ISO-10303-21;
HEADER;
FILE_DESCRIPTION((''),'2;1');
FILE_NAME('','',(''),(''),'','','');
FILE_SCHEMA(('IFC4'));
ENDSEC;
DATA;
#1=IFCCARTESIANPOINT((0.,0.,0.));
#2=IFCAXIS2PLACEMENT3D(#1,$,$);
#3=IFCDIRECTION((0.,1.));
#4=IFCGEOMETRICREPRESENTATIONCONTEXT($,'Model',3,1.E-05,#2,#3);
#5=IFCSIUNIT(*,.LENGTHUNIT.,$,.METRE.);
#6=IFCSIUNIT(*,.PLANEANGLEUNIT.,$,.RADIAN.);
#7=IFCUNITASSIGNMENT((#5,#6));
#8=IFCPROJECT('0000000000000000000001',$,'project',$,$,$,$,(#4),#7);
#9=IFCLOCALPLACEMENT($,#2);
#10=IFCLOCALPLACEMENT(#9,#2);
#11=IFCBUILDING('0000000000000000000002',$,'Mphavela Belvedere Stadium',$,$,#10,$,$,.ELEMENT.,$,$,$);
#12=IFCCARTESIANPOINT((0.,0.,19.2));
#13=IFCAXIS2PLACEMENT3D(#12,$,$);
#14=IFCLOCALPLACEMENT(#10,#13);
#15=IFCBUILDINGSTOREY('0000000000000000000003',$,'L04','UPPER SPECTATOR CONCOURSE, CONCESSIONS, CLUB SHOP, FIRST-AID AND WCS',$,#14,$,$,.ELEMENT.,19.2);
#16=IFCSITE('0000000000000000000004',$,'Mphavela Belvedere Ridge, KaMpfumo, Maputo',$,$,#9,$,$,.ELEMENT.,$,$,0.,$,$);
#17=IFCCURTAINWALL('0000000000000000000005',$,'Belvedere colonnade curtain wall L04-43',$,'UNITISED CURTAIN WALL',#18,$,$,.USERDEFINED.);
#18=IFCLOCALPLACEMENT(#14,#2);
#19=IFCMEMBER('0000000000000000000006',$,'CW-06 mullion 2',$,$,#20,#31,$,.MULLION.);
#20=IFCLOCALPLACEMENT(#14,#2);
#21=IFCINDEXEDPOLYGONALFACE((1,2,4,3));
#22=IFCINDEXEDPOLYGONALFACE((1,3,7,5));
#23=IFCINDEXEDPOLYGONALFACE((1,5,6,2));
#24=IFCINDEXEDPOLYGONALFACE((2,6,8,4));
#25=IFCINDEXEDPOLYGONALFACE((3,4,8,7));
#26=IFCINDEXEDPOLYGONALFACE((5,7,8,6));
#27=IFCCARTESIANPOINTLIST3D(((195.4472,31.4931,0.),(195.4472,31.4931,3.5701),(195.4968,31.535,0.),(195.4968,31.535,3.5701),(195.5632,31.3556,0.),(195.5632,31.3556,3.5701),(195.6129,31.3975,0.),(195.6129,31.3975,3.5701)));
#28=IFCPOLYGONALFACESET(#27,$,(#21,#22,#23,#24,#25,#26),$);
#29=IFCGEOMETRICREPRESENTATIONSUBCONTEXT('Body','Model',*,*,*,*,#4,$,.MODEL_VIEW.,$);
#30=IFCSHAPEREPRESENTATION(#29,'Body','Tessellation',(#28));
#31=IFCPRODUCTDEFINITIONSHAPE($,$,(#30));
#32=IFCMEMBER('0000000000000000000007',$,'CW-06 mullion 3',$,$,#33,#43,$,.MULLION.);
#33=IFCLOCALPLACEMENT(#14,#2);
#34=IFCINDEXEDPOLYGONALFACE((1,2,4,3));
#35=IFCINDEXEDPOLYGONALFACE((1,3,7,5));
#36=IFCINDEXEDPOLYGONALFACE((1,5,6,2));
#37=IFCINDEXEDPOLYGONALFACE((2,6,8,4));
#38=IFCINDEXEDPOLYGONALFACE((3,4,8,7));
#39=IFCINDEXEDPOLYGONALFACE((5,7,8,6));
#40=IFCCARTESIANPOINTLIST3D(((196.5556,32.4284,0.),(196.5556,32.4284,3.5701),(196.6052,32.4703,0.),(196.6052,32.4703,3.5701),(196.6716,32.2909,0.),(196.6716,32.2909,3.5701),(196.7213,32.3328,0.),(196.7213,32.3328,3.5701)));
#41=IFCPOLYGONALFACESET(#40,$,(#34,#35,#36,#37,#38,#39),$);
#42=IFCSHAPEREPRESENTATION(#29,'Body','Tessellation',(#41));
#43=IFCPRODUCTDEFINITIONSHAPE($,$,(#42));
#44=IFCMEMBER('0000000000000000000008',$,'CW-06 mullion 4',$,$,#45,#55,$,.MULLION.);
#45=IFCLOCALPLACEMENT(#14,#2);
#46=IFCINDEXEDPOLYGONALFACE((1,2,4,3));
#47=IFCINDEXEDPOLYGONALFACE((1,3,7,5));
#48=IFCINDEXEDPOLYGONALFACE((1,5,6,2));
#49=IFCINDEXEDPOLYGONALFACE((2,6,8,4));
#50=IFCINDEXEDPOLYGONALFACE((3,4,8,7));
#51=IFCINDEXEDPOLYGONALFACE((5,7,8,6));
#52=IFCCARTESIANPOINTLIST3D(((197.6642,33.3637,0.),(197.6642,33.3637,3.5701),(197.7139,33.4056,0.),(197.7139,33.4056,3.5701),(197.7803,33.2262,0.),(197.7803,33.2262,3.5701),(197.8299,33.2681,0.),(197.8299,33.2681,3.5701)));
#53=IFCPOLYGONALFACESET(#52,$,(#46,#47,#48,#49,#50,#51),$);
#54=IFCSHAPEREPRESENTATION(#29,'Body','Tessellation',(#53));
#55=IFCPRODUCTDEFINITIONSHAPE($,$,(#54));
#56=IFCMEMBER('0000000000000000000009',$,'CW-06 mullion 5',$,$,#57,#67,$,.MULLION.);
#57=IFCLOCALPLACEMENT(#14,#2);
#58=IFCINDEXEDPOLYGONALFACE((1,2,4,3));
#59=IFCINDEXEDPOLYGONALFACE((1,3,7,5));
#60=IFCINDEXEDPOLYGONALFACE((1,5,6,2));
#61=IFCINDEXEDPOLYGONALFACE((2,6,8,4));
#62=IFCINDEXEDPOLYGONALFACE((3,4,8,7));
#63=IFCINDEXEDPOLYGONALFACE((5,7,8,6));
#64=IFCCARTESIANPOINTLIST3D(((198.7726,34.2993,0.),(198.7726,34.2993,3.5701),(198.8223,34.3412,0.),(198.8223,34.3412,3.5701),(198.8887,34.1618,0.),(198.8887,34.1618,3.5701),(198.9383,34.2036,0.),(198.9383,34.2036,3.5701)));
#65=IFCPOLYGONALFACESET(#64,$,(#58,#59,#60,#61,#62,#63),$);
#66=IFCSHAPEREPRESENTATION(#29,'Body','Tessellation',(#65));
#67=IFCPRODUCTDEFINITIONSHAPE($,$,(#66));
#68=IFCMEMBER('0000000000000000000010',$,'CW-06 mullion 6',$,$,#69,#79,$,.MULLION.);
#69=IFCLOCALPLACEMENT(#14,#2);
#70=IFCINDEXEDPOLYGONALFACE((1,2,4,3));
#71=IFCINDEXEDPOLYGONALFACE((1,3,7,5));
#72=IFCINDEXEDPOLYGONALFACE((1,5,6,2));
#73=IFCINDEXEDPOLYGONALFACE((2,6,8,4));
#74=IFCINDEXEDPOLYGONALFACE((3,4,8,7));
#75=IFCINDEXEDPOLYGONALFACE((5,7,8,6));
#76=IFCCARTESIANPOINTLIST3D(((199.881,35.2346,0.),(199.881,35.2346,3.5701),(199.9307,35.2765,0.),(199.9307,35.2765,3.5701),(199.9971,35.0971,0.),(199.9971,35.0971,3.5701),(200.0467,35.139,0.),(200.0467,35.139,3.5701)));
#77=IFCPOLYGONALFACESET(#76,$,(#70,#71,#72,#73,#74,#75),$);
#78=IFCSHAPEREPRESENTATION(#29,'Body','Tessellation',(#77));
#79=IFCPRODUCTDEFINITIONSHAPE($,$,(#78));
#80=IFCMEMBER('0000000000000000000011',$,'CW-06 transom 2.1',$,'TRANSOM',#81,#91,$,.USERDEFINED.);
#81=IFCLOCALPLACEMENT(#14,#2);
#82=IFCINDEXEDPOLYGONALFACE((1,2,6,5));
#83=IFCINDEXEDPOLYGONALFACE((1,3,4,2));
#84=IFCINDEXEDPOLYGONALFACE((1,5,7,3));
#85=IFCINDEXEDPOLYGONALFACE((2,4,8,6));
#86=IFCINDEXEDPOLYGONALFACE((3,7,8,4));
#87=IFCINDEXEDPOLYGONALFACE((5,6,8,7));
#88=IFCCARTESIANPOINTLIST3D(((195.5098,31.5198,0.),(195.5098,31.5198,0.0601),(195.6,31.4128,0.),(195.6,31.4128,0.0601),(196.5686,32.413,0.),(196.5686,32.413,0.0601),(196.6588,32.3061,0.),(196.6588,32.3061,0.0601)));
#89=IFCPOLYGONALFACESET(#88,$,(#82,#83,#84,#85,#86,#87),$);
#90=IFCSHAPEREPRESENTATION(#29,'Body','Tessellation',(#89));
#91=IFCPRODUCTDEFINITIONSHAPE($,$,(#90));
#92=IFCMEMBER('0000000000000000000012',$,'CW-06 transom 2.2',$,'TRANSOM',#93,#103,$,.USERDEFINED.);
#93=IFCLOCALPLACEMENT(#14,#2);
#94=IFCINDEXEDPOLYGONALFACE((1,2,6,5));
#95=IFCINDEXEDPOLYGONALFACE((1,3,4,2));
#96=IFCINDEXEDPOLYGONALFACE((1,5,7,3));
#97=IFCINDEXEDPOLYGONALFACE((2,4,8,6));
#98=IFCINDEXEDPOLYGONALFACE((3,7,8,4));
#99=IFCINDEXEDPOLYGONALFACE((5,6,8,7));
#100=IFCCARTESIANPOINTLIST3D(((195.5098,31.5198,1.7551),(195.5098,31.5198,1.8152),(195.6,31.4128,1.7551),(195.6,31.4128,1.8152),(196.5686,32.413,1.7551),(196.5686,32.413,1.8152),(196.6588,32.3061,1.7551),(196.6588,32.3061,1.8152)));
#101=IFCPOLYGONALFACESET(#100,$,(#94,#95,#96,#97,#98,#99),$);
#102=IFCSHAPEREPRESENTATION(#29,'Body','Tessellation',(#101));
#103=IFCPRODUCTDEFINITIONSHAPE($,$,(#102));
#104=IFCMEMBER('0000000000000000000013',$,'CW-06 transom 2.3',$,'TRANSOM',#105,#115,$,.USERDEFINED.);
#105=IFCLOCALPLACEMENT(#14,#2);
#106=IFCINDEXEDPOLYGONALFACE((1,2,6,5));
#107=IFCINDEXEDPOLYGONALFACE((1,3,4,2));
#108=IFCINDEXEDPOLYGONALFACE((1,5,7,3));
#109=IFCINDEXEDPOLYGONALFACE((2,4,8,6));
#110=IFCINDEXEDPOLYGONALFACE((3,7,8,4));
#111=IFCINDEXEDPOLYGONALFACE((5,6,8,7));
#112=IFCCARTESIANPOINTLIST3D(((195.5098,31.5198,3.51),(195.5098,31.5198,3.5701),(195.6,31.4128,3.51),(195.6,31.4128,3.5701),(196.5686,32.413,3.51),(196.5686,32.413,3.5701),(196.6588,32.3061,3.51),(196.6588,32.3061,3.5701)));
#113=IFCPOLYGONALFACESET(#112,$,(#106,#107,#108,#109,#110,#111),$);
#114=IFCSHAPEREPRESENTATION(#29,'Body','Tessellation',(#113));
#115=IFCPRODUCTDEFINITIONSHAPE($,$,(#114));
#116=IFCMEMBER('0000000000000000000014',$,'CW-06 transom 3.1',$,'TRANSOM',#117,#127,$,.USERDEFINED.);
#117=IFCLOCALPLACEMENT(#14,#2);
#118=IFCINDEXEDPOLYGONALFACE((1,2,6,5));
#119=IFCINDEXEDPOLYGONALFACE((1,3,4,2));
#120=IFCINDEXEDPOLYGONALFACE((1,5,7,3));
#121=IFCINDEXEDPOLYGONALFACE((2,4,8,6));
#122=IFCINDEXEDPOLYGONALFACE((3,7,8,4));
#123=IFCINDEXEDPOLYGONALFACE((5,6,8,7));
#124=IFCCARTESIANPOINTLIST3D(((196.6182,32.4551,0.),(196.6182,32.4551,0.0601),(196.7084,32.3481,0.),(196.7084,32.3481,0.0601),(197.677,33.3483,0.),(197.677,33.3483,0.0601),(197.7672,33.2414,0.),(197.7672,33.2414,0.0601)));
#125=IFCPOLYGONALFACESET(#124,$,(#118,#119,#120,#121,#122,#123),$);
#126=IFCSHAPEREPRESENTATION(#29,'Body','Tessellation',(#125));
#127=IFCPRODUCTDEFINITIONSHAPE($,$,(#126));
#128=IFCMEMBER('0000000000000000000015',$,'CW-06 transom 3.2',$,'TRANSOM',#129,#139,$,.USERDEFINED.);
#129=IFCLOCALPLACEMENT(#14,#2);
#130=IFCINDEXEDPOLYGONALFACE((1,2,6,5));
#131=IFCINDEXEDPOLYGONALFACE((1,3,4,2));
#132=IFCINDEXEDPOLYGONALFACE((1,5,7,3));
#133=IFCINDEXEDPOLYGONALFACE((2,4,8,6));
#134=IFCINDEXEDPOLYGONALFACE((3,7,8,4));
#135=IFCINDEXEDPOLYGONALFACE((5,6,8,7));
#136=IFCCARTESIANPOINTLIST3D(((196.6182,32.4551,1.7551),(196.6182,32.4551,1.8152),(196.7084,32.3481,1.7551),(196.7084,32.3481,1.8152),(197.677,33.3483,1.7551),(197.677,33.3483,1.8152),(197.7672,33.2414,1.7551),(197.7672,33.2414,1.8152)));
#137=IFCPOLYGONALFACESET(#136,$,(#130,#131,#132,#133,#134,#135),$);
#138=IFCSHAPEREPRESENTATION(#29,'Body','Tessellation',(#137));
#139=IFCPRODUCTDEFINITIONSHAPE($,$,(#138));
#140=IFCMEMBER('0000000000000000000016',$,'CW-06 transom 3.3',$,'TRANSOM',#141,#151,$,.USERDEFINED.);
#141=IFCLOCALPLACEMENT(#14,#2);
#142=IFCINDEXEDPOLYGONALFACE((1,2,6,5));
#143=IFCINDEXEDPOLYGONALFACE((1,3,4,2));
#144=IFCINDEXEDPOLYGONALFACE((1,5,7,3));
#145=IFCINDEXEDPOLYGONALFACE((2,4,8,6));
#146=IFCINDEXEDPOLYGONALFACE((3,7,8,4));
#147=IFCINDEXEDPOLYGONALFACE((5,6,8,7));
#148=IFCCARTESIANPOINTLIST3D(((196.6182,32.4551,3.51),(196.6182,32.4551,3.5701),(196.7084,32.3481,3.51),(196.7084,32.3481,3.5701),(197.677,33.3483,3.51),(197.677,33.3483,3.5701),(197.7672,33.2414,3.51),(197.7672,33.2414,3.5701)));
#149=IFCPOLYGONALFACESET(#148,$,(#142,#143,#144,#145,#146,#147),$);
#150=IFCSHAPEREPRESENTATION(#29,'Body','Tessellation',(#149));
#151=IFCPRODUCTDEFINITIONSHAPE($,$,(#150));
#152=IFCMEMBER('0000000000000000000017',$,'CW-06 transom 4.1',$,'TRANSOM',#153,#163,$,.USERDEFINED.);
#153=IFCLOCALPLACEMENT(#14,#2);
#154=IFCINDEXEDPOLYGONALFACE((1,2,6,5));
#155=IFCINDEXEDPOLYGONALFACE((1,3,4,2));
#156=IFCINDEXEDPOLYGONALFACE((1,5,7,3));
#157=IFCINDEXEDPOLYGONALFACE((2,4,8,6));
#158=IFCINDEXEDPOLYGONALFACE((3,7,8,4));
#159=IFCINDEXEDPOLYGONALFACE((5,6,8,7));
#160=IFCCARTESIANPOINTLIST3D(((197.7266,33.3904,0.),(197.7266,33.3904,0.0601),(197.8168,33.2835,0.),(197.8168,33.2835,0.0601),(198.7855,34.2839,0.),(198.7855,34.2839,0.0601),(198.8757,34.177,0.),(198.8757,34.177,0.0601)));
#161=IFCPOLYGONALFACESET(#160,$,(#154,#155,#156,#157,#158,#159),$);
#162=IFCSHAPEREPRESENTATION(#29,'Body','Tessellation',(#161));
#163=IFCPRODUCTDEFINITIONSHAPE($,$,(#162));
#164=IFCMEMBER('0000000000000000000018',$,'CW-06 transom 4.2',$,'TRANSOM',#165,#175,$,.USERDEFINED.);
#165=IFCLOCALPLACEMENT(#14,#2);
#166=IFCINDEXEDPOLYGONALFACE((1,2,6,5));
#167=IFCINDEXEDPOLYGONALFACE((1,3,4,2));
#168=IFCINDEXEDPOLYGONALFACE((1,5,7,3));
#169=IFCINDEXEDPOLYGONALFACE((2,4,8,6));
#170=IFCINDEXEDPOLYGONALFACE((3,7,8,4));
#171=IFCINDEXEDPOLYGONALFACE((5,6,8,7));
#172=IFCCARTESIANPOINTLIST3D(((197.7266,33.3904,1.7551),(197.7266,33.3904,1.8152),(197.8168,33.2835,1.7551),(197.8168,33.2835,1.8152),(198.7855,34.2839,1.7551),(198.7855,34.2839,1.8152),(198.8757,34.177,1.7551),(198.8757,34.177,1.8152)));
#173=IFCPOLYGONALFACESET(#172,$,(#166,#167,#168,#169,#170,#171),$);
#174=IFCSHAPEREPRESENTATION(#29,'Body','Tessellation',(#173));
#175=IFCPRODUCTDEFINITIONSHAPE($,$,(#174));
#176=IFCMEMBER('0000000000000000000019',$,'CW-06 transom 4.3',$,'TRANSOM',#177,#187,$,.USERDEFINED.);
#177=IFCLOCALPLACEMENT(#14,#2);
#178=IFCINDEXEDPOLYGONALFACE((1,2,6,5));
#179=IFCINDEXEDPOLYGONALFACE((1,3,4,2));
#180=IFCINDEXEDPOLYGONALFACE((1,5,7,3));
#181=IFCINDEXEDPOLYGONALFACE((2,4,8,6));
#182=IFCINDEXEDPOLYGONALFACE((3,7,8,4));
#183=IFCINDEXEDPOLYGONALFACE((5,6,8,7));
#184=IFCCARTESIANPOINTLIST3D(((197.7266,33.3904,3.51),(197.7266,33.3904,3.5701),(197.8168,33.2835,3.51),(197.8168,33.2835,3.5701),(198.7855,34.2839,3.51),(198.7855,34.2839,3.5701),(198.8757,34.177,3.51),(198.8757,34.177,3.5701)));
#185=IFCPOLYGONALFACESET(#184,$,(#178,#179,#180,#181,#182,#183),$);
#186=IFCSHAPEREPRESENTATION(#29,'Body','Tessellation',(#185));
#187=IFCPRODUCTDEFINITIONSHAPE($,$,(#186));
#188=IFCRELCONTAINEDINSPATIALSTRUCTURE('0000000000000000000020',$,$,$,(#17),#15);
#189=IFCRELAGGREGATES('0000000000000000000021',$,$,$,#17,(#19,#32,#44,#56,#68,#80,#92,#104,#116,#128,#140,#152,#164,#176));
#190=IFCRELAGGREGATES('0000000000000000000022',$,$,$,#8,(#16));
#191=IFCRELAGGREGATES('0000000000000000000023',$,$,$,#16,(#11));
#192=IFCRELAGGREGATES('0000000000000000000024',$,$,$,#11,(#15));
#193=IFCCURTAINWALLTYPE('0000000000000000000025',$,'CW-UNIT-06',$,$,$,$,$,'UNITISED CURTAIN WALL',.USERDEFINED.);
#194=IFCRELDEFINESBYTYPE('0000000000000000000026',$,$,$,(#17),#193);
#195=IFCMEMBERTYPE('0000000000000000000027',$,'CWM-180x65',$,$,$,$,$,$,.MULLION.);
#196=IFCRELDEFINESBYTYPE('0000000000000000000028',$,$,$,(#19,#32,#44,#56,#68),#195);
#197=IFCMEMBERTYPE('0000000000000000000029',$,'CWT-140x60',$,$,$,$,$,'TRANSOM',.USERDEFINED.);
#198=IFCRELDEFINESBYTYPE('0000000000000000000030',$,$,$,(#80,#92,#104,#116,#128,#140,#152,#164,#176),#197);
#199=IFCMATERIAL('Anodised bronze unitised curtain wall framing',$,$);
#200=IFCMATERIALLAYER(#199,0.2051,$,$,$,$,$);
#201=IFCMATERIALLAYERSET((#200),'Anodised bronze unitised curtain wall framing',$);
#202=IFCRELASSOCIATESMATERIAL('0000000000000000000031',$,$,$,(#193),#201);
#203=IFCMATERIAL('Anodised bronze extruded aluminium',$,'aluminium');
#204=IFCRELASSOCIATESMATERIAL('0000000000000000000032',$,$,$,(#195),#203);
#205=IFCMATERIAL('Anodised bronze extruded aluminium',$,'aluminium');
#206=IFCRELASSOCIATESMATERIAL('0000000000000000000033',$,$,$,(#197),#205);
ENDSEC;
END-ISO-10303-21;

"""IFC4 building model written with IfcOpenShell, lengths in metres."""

from ifc_helpers import new_model, si_unit, direction, frame, origin, origin_2d, place, context, subcontext, project, spatial, rectangle, extrude, material, layer, layer_set, material_profile, profile_set, type_object, element, aggregate, save


model = new_model("IFC4")

# Units and contexts
model_context = context("Model", 3, precision=1e-05, world=origin(), true_north=direction((0.0, 1.0)))
body_context = subcontext(model_context, "Body", "Model", "MODEL_VIEW")
ifc_project = project(units=[si_unit("LENGTHUNIT", "METRE"), si_unit("PLANEANGLEUNIT", "RADIAN")], contexts=[model_context])

# Site, building, storey
site_placement = place(None, origin())
site = spatial("IfcSite", under=ifc_project, at=site_placement, Name="Mphavela Belvedere Ridge, KaMpfumo, Maputo", CompositionType="ELEMENT", RefElevation=0.0)
building_placement = place(site_placement, origin())
building = spatial("IfcBuilding", under=site, at=building_placement, Name="Mphavela Belvedere Stadium", CompositionType="ELEMENT")
storey_placement = place(building_placement, frame((0.0, 0.0, 19.2)))
storey = spatial("IfcBuildingStorey", under=building, at=storey_placement, Name="L04", Description="UPPER SPECTATOR CONCOURSE, CONCESSIONS, CLUB SHOP, FIRST-AID AND WCS", CompositionType="ELEMENT", Elevation=19.2)

# Curtain wall, members
ifc_material_1 = material(Name="Anodised bronze unitised curtain wall framing")
ifc_layer_1 = layer(ifc_material_1, 0.2051)
ifc_layer_set_1 = layer_set([ifc_layer_1], Name="Anodised bronze unitised curtain wall framing")
curtain_wall_type = type_object("IfcCurtainWallType", Name="CW-UNIT-06", ElementType="UNITISED CURTAIN WALL", PredefinedType="USERDEFINED", material=ifc_layer_set_1)
curtain_wall_placement = place(storey_placement, origin())
curtain_wall = element("IfcCurtainWall", 1, at=curtain_wall_placement, inside=storey, type_object=curtain_wall_type, Name="Belvedere colonnade curtain wall L04-43", ObjectType="UNITISED CURTAIN WALL", PredefinedType="USERDEFINED")
ifc_material_2 = material(Name="Anodised bronze extruded aluminium", Category="aluminium")
ifc_material_profile_1 = material_profile(ifc_material_2, rectangle(XDim=0.1799, YDim=0.0649, at=origin_2d()), Name="CW-MUL 180x65")
ifc_profile_set_1 = profile_set([ifc_material_profile_1], Name="Anodised bronze extruded aluminium")
member_type_1 = type_object("IfcMemberType", Name="CWM-180x65", PredefinedType="MULLION", material=ifc_profile_set_1)
member_1_placement = place(storey_placement, frame((195.53, 31.4453, 0.0), z_axis=(0.0, 0.0, 1.0), x_axis=(-0.644916, 0.764253, 0.0)))
member_1 = element("IfcMember", 2, at=member_1_placement, type_object=member_type_1, Name="CW-06 mullion 2", PredefinedType="MULLION", context=body_context, shape_type="SweptSolid", body=[
    extrude(rectangle(XDim=0.1799, YDim=0.0649, at=origin_2d()), origin(), (0.0, 0.0, 1.0), 3.5701),
])
member_2_placement = place(storey_placement, frame((196.6384, 32.3806, 0.0), z_axis=(0.0, 0.0, 1.0), x_axis=(-0.644916, 0.764253, 0.0)))
member_2 = element("IfcMember", 3, at=member_2_placement, type_object=member_type_1, Name="CW-06 mullion 3", PredefinedType="MULLION", context=body_context, shape_type="SweptSolid", body=[
    extrude(rectangle(XDim=0.1799, YDim=0.0649, at=origin_2d()), origin(), (0.0, 0.0, 1.0), 3.5701),
])
member_3_placement = place(storey_placement, frame((197.7471, 33.3159, 0.0), z_axis=(0.0, 0.0, 1.0), x_axis=(-0.644916, 0.764253, 0.0)))
member_3 = element("IfcMember", 4, at=member_3_placement, type_object=member_type_1, Name="CW-06 mullion 4", PredefinedType="MULLION", context=body_context, shape_type="SweptSolid", body=[
    extrude(rectangle(XDim=0.1799, YDim=0.0649, at=origin_2d()), origin(), (0.0, 0.0, 1.0), 3.5701),
])
member_4_placement = place(storey_placement, frame((198.8555, 34.2515, 0.0), z_axis=(0.0, 0.0, 1.0), x_axis=(-0.644916, 0.764253, 0.0)))
member_4 = element("IfcMember", 5, at=member_4_placement, type_object=member_type_1, Name="CW-06 mullion 5", PredefinedType="MULLION", context=body_context, shape_type="SweptSolid", body=[
    extrude(rectangle(XDim=0.1799, YDim=0.0649, at=origin_2d()), origin(), (0.0, 0.0, 1.0), 3.5701),
])
member_5_placement = place(storey_placement, frame((199.9639, 35.1868, 0.0), z_axis=(0.0, 0.0, 1.0), x_axis=(-0.644916, 0.764253, 0.0)))
member_5 = element("IfcMember", 6, at=member_5_placement, type_object=member_type_1, Name="CW-06 mullion 6", PredefinedType="MULLION", context=body_context, shape_type="SweptSolid", body=[
    extrude(rectangle(XDim=0.1799, YDim=0.0649, at=origin_2d()), origin(), (0.0, 0.0, 1.0), 3.5701),
])
ifc_material_3 = material(Name="Anodised bronze extruded aluminium", Category="aluminium")
ifc_material_profile_2 = material_profile(ifc_material_3, rectangle(XDim=0.1399, YDim=0.0601, at=origin_2d()), Name="CW-TRN 140x60")
ifc_profile_set_2 = profile_set([ifc_material_profile_2], Name="Anodised bronze extruded aluminium")
member_type_2 = type_object("IfcMemberType", Name="CWT-140x60", ElementType="TRANSOM", PredefinedType="USERDEFINED", material=ifc_profile_set_2)
member_6_placement = place(storey_placement, frame((195.5549, 31.4663, 0.03), z_axis=(0.764321, 0.644836, 0.0), x_axis=(-0.644836, 0.764321, 0.0)))
member_6 = element("IfcMember", 7, at=member_6_placement, type_object=member_type_2, Name="CW-06 transom 2.1", ObjectType="TRANSOM", PredefinedType="USERDEFINED", context=body_context, shape_type="SweptSolid", body=[
    extrude(rectangle(XDim=0.1399, YDim=0.0601, at=origin_2d()), origin(), (0.0, 0.0, 1.0), 1.3853),
])
member_7_placement = place(storey_placement, frame((195.5549, 31.4663, 1.7852), z_axis=(0.764321, 0.644836, 0.0), x_axis=(-0.644836, 0.764321, 0.0)))
member_7 = element("IfcMember", 8, at=member_7_placement, type_object=member_type_2, Name="CW-06 transom 2.2", ObjectType="TRANSOM", PredefinedType="USERDEFINED", context=body_context, shape_type="SweptSolid", body=[
    extrude(rectangle(XDim=0.1399, YDim=0.0601, at=origin_2d()), origin(), (0.0, 0.0, 1.0), 1.3853),
])
member_8_placement = place(storey_placement, frame((195.5549, 31.4663, 3.54), z_axis=(0.764321, 0.644836, 0.0), x_axis=(-0.644836, 0.764321, 0.0)))
member_8 = element("IfcMember", 9, at=member_8_placement, type_object=member_type_2, Name="CW-06 transom 2.3", ObjectType="TRANSOM", PredefinedType="USERDEFINED", context=body_context, shape_type="SweptSolid", body=[
    extrude(rectangle(XDim=0.1399, YDim=0.0601, at=origin_2d()), origin(), (0.0, 0.0, 1.0), 1.3853),
])
member_9_placement = place(storey_placement, frame((196.6633, 32.4016, 0.03), z_axis=(0.764321, 0.644836, 0.0), x_axis=(-0.644836, 0.764321, 0.0)))
member_9 = element("IfcMember", 10, at=member_9_placement, type_object=member_type_2, Name="CW-06 transom 3.1", ObjectType="TRANSOM", PredefinedType="USERDEFINED", context=body_context, shape_type="SweptSolid", body=[
    extrude(rectangle(XDim=0.1399, YDim=0.0601, at=origin_2d()), origin(), (0.0, 0.0, 1.0), 1.3853),
])
member_10_placement = place(storey_placement, frame((196.6633, 32.4016, 1.7852), z_axis=(0.764321, 0.644836, 0.0), x_axis=(-0.644836, 0.764321, 0.0)))
member_10 = element("IfcMember", 11, at=member_10_placement, type_object=member_type_2, Name="CW-06 transom 3.2", ObjectType="TRANSOM", PredefinedType="USERDEFINED", context=body_context, shape_type="SweptSolid", body=[
    extrude(rectangle(XDim=0.1399, YDim=0.0601, at=origin_2d()), origin(), (0.0, 0.0, 1.0), 1.3853),
])
member_11_placement = place(storey_placement, frame((196.6633, 32.4016, 3.54), z_axis=(0.764321, 0.644836, 0.0), x_axis=(-0.644836, 0.764321, 0.0)))
member_11 = element("IfcMember", 12, at=member_11_placement, type_object=member_type_2, Name="CW-06 transom 3.3", ObjectType="TRANSOM", PredefinedType="USERDEFINED", context=body_context, shape_type="SweptSolid", body=[
    extrude(rectangle(XDim=0.1399, YDim=0.0601, at=origin_2d()), origin(), (0.0, 0.0, 1.0), 1.3853),
])
member_12_placement = place(storey_placement, frame((197.7717, 33.3369, 0.03), z_axis=(0.764234, 0.644938, 0.0), x_axis=(-0.644938, 0.764234, 0.0)))
member_12 = element("IfcMember", 13, at=member_12_placement, type_object=member_type_2, Name="CW-06 transom 4.1", ObjectType="TRANSOM", PredefinedType="USERDEFINED", context=body_context, shape_type="SweptSolid", body=[
    extrude(rectangle(XDim=0.1399, YDim=0.0601, at=origin_2d()), origin(), (0.0, 0.0, 1.0), 1.3855),
])
member_13_placement = place(storey_placement, frame((197.7717, 33.3369, 1.7852), z_axis=(0.764234, 0.644938, 0.0), x_axis=(-0.644938, 0.764234, 0.0)))
member_13 = element("IfcMember", 14, at=member_13_placement, type_object=member_type_2, Name="CW-06 transom 4.2", ObjectType="TRANSOM", PredefinedType="USERDEFINED", context=body_context, shape_type="SweptSolid", body=[
    extrude(rectangle(XDim=0.1399, YDim=0.0601, at=origin_2d()), origin(), (0.0, 0.0, 1.0), 1.3855),
])
member_14_placement = place(storey_placement, frame((197.7717, 33.3369, 3.54), z_axis=(0.764234, 0.644938, 0.0), x_axis=(-0.644938, 0.764234, 0.0)))
member_14 = element("IfcMember", 15, at=member_14_placement, type_object=member_type_2, Name="CW-06 transom 4.3", ObjectType="TRANSOM", PredefinedType="USERDEFINED", context=body_context, shape_type="SweptSolid", body=[
    extrude(rectangle(XDim=0.1399, YDim=0.0601, at=origin_2d()), origin(), (0.0, 0.0, 1.0), 1.3855),
])
aggregate(curtain_wall, [member_1, member_2, member_3, member_4, member_5, member_6, member_7, member_8, member_9, member_10, member_11, member_12, member_13, member_14])

save(model, "model.ifc")
